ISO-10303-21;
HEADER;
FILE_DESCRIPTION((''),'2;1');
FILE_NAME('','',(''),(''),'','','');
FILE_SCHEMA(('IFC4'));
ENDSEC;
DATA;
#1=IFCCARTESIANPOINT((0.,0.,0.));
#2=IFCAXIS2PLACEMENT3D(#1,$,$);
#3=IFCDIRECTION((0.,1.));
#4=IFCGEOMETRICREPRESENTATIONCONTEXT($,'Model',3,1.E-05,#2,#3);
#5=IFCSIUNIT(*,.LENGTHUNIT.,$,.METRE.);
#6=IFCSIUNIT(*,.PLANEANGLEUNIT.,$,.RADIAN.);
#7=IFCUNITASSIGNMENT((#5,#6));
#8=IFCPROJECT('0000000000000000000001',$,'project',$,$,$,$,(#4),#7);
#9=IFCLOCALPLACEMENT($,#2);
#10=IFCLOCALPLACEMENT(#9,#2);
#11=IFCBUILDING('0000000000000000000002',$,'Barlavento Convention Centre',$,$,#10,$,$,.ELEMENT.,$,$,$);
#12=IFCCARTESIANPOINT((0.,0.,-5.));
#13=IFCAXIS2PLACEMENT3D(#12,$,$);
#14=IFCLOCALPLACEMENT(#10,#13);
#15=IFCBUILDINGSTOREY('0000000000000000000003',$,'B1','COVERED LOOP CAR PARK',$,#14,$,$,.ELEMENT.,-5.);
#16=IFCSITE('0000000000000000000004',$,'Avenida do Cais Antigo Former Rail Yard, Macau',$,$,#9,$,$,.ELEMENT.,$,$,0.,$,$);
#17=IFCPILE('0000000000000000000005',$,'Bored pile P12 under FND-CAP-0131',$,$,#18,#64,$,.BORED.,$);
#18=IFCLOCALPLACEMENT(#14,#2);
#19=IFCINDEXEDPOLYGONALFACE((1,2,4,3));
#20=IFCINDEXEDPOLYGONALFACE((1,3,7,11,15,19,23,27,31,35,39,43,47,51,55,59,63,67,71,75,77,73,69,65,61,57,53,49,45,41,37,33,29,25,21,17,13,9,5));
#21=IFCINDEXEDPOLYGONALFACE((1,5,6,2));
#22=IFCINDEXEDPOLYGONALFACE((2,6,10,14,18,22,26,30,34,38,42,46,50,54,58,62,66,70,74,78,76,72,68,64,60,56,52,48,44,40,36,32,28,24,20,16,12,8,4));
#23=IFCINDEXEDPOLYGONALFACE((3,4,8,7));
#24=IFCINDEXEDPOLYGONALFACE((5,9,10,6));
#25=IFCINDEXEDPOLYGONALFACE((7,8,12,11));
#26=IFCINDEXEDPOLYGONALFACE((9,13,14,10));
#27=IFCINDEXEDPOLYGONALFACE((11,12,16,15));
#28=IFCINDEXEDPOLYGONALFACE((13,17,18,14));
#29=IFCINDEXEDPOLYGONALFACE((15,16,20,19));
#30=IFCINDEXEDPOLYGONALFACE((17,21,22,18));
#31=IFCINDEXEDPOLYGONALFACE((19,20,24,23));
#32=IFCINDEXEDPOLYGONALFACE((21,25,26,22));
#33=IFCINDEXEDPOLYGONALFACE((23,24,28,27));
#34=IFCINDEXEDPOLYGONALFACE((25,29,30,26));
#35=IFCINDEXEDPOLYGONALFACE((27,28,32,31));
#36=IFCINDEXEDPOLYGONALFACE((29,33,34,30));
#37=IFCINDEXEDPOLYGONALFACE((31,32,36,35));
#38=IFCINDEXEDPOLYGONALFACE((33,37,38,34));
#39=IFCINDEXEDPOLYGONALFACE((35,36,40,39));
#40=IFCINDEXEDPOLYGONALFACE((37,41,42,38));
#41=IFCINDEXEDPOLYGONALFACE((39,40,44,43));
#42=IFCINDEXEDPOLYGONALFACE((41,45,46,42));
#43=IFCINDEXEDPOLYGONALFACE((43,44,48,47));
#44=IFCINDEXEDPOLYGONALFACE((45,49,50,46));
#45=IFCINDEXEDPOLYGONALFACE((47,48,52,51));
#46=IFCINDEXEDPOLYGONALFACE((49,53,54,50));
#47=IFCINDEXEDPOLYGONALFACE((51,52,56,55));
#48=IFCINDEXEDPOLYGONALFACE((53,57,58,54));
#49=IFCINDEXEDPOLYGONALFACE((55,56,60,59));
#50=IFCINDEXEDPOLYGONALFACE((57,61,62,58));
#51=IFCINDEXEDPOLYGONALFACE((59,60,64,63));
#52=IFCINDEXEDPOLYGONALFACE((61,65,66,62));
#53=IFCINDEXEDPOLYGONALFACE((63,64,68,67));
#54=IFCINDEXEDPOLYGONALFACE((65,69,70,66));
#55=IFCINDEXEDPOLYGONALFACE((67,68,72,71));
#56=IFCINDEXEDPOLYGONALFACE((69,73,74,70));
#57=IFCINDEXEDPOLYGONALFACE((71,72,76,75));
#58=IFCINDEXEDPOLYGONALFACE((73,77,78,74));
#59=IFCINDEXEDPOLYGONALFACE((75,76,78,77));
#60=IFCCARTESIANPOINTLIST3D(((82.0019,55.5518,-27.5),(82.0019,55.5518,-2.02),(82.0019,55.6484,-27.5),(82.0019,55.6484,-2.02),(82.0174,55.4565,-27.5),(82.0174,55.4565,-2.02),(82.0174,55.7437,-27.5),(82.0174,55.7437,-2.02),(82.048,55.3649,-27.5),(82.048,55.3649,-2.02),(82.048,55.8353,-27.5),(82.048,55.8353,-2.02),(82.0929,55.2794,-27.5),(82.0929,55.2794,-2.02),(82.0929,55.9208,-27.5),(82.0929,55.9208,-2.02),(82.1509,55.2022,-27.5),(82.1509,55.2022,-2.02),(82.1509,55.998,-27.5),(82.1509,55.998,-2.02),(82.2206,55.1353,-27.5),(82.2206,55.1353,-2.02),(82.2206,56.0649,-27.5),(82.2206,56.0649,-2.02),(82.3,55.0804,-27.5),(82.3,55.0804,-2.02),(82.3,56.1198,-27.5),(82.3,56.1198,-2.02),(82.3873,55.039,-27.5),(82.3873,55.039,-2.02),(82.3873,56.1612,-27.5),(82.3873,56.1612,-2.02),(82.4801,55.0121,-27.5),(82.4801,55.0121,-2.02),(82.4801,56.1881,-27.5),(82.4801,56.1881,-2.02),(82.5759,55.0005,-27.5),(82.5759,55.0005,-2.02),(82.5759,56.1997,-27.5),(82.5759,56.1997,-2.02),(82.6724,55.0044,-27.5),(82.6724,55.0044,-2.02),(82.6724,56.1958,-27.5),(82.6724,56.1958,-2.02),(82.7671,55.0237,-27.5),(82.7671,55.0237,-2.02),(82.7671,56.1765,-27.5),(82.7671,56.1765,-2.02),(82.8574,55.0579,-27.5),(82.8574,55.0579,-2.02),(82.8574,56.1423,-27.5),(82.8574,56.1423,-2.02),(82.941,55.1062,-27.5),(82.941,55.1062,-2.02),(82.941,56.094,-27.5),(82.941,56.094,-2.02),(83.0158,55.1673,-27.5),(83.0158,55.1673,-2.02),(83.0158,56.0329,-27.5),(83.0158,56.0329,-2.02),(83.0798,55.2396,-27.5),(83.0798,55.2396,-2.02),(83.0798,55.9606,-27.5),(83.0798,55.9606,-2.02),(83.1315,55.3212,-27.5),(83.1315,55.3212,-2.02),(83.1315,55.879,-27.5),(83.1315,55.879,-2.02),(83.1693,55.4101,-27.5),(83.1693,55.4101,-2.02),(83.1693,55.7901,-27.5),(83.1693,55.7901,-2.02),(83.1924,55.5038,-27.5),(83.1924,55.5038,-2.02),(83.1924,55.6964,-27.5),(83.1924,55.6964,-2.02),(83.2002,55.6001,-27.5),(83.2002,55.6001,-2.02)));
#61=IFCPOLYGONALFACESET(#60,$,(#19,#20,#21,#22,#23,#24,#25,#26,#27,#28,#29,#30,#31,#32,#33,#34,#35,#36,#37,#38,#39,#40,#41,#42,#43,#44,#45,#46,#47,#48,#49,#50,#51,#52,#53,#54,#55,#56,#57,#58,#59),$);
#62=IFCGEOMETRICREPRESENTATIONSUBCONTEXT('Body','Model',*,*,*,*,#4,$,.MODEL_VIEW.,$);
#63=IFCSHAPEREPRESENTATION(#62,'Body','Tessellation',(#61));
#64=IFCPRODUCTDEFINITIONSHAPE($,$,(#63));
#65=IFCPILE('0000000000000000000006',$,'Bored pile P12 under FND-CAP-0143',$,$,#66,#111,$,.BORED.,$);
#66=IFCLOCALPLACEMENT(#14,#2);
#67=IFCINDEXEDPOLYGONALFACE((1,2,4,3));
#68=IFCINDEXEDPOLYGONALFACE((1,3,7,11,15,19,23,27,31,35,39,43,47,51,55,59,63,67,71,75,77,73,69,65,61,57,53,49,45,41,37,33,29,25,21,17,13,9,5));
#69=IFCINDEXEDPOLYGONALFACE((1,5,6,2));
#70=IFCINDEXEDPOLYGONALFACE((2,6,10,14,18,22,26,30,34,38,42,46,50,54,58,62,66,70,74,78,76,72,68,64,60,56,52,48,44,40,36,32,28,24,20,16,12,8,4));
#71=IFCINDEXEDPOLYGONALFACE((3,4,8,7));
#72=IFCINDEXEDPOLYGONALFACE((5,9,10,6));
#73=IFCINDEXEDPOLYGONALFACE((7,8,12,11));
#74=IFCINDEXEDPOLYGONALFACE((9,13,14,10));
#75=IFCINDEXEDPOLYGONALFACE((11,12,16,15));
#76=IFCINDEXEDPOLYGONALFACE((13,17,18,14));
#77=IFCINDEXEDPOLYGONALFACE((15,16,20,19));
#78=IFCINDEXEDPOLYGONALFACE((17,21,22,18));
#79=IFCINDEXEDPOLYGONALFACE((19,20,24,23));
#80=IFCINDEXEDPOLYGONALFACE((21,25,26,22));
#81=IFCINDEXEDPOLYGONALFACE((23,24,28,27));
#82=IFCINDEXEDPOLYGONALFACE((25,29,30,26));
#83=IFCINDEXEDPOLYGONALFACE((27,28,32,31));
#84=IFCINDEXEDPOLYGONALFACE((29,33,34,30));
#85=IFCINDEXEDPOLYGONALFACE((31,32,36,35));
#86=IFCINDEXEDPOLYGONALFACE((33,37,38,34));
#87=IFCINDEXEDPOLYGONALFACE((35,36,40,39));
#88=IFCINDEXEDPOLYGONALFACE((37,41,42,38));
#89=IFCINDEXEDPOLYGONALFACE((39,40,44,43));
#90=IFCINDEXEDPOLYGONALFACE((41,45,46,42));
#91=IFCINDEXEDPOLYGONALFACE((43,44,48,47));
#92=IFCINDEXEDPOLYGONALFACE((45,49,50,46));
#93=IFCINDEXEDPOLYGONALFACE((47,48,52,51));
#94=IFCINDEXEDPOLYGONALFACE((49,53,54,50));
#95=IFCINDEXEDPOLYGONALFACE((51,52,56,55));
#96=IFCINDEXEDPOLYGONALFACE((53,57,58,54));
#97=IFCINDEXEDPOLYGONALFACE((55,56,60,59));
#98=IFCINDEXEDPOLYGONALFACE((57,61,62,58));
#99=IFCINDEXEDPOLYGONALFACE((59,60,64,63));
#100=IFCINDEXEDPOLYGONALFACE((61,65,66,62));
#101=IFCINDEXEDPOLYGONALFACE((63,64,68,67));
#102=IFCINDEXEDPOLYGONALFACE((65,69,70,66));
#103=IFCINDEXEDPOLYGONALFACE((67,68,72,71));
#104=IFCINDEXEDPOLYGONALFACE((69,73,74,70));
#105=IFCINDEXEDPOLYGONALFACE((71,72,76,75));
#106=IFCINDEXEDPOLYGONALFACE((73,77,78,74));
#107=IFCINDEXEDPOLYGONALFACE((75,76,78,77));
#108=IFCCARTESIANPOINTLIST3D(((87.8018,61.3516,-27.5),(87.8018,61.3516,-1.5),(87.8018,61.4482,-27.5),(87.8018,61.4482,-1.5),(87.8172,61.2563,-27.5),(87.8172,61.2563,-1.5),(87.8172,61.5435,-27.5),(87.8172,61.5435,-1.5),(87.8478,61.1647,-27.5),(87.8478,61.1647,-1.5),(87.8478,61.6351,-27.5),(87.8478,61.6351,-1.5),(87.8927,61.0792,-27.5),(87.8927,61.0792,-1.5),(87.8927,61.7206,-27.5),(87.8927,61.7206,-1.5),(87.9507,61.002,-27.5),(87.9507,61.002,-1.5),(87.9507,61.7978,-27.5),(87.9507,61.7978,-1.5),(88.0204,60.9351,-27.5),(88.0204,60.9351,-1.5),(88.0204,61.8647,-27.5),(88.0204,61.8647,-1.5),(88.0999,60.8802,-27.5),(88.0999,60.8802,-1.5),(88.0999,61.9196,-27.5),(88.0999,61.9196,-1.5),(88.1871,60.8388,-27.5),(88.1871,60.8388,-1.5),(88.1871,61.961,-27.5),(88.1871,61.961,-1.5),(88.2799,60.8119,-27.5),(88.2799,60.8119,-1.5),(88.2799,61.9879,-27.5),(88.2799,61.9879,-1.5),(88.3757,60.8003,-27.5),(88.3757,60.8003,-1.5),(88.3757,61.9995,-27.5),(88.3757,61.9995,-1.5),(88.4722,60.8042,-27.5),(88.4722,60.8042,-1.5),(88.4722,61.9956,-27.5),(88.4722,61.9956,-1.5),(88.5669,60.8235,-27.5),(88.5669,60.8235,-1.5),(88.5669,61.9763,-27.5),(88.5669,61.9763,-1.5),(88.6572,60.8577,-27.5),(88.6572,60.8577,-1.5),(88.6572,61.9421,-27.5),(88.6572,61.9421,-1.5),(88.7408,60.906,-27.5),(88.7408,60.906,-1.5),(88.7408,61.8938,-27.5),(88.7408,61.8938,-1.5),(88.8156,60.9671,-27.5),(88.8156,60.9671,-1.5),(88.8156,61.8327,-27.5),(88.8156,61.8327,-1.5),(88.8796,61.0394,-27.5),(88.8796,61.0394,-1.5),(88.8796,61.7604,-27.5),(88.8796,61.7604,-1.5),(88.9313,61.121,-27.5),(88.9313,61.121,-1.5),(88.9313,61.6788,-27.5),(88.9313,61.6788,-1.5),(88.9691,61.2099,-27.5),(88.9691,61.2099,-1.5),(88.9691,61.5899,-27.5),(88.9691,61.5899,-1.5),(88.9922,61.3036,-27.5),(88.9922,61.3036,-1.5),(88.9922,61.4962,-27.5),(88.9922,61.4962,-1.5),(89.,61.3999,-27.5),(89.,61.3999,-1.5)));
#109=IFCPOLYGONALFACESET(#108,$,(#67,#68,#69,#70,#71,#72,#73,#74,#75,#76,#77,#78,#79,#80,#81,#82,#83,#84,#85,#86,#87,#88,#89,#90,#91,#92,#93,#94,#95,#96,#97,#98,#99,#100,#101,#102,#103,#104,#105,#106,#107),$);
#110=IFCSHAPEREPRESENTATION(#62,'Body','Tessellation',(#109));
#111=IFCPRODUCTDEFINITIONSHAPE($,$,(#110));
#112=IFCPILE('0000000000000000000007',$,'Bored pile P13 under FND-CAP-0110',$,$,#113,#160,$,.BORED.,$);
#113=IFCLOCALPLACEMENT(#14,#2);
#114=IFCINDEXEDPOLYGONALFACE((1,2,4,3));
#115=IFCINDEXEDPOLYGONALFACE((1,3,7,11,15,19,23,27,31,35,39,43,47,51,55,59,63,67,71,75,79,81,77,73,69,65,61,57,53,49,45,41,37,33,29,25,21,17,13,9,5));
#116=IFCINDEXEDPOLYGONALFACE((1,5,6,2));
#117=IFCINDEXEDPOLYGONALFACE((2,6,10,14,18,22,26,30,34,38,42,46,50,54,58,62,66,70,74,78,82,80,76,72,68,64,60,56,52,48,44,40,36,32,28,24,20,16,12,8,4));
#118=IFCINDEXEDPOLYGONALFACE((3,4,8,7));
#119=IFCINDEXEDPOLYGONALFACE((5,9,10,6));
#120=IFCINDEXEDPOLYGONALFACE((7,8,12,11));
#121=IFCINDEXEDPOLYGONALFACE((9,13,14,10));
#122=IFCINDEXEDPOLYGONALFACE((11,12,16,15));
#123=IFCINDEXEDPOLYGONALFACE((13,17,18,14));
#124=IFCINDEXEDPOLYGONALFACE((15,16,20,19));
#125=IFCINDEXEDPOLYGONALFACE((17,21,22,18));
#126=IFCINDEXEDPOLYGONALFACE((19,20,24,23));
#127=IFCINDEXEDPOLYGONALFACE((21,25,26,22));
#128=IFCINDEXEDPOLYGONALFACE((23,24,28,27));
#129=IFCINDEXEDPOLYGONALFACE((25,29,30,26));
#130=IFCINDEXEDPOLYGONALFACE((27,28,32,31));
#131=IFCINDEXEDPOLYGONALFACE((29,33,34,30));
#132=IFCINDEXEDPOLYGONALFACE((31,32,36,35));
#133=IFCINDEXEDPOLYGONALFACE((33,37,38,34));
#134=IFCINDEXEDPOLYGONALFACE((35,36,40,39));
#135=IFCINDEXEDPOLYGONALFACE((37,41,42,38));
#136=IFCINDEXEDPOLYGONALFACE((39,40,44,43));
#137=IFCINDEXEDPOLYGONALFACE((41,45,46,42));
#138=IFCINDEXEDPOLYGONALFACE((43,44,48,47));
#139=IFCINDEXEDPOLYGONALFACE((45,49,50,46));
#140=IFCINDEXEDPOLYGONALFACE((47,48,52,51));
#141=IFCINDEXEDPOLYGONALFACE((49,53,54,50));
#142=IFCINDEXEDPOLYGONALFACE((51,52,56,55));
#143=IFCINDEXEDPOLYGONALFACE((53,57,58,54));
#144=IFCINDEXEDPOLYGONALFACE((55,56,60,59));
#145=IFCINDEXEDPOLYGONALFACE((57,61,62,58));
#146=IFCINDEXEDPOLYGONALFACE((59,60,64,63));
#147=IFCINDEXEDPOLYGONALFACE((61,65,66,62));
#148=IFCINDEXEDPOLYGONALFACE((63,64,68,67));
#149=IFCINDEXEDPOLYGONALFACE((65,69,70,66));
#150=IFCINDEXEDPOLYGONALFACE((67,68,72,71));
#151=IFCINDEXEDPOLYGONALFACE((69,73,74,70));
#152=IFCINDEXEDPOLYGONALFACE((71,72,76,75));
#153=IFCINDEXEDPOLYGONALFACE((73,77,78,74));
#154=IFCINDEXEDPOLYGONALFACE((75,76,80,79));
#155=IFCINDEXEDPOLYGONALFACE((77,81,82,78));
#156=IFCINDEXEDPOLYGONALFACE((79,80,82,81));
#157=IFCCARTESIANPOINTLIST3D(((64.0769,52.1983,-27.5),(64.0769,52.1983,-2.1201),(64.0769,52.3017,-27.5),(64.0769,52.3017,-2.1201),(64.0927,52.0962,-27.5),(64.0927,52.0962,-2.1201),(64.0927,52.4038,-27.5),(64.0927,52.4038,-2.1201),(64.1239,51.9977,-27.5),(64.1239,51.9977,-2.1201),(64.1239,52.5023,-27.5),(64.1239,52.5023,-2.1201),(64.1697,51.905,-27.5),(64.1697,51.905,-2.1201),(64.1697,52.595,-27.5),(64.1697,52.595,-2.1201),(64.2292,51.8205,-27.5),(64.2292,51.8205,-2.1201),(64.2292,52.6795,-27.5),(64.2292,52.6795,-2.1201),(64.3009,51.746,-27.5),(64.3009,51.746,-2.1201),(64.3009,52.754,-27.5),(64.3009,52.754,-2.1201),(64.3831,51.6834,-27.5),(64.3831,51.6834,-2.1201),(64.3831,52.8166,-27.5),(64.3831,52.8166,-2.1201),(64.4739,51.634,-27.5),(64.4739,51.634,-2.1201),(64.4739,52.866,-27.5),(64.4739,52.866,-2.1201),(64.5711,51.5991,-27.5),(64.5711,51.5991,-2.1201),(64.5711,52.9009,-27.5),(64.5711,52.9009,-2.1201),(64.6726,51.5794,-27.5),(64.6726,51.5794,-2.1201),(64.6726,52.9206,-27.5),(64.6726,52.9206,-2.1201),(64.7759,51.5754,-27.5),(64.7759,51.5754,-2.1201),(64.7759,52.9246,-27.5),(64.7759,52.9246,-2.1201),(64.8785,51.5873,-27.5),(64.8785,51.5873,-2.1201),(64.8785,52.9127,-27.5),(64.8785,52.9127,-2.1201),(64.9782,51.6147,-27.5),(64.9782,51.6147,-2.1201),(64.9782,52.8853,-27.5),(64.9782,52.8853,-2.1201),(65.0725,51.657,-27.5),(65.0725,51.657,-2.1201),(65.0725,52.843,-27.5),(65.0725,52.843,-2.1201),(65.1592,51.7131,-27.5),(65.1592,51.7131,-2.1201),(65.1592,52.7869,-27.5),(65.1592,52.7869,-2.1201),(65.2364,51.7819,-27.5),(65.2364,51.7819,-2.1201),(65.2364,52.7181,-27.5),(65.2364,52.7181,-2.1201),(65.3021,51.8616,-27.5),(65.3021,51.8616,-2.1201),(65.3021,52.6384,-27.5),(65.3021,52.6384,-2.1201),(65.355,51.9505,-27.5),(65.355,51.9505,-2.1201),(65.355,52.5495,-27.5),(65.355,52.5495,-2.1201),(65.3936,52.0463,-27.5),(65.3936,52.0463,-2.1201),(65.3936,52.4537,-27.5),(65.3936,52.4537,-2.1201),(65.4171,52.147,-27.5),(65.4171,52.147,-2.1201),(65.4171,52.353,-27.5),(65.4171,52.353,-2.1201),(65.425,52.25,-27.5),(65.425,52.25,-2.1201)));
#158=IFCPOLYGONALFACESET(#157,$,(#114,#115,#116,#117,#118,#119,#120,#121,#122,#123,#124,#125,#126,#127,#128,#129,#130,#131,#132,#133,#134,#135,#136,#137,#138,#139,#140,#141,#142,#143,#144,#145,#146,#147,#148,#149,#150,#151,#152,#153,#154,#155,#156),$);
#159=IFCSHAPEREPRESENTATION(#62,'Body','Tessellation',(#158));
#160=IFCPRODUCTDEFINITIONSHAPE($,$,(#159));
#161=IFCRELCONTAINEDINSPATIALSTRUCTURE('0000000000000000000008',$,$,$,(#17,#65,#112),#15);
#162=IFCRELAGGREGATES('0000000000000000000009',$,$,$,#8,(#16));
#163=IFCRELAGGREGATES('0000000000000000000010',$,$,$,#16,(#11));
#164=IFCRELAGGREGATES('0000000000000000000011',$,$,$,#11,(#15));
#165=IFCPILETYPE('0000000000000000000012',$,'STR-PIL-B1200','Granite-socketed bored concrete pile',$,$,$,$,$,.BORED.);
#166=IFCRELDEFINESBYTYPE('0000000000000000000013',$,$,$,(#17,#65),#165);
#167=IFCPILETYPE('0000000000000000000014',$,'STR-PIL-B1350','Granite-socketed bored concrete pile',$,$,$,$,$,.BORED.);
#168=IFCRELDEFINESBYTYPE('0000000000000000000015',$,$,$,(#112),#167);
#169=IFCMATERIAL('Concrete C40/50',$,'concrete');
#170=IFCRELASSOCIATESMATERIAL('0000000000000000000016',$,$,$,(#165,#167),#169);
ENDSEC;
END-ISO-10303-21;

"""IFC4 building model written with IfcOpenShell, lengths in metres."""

from ifc_helpers import new_model, si_unit, direction, frame, origin, origin_2d, place, context, subcontext, project, spatial, circle, extrude, material, material_profile, profile_set, type_object, element, save


model = new_model("IFC4")

# Units and contexts
model_context = context("Model", 3, precision=1e-05, world=origin(), true_north=direction((0.0, 1.0)))
body_context = subcontext(model_context, "Body", "Model", "MODEL_VIEW")
ifc_project = project(units=[si_unit("LENGTHUNIT", "METRE"), si_unit("PLANEANGLEUNIT", "RADIAN")], contexts=[model_context])

# Site, building, storey
site_placement = place(None, origin())
site = spatial("IfcSite", under=ifc_project, at=site_placement, Name="Avenida do Cais Antigo Former Rail Yard, Macau", CompositionType="ELEMENT", RefElevation=0.0)
building_placement = place(site_placement, origin())
building = spatial("IfcBuilding", under=site, at=building_placement, Name="Barlavento Convention Centre", CompositionType="ELEMENT")
storey_placement = place(building_placement, frame((0.0, 0.0, -5.0)))
storey = spatial("IfcBuildingStorey", under=building, at=storey_placement, Name="B1", Description="COVERED LOOP CAR PARK", CompositionType="ELEMENT", Elevation=-5.0)

# Shared definitions
ifc_material_1 = material(Name="Concrete C40/50", Category="concrete")

# Piles
ifc_material_profile_1 = material_profile(ifc_material_1, circle(Radius=0.6001, at=origin_2d()), Name="BORED PILE 1200")
ifc_profile_set_1 = profile_set([ifc_material_profile_1], Name="Concrete C40/50")
pile_type_1 = type_object("IfcPileType", Name="STR-PIL-B1200", Description="Granite-socketed bored concrete pile", PredefinedType="BORED", material=ifc_profile_set_1)
for number, where, z_axis, x_axis, name in (
    (1, (82.6001, 55.6001, -2.02), (0.0, 0.0, -1.0), (1.0, 0.0, 0.0), "Bored pile P12 under FND-CAP-0131"),
):
    element("IfcPile", number, at=place(storey_placement, frame(where, z_axis=z_axis, x_axis=x_axis)), inside=storey, type_object=pile_type_1, Name=name, PredefinedType="BORED", context=body_context, shape_type="SweptSolid", body=[
        extrude(circle(Radius=0.6001, at=origin_2d()), origin(), (0.0, 0.0, 1.0), 25.48),
    ])
pile_placement = place(storey_placement, frame((88.3999, 61.3999, -1.5), z_axis=(0.0, 0.0, -1.0), x_axis=(1.0, 0.0, 0.0)))
element("IfcPile", 2, at=pile_placement, inside=storey, type_object=pile_type_1, Name="Bored pile P12 under FND-CAP-0143", PredefinedType="BORED", context=body_context, shape_type="SweptSolid", body=[
    extrude(circle(Radius=0.6001, at=origin_2d()), origin(), (0.0, 0.0, 1.0), 26.0),
])
ifc_material_profile_2 = material_profile(ifc_material_1, circle(Radius=0.675, at=origin_2d()), Name="BORED PILE 1350")
ifc_profile_set_2 = profile_set([ifc_material_profile_2], Name="Concrete C40/50")
pile_type_2 = type_object("IfcPileType", Name="STR-PIL-B1350", Description="Granite-socketed bored concrete pile", PredefinedType="BORED", material=ifc_profile_set_2)
for number, where, z_axis, x_axis, name in (
    (3, (64.75, 52.25, -2.1201), (0.0, 0.0, -1.0), (1.0, 0.0, 0.0), "Bored pile P13 under FND-CAP-0110"),
):
    element("IfcPile", number, at=place(storey_placement, frame(where, z_axis=z_axis, x_axis=x_axis)), inside=storey, type_object=pile_type_2, Name=name, PredefinedType="BORED", context=body_context, shape_type="SweptSolid", body=[
        extrude(circle(Radius=0.675, at=origin_2d()), origin(), (0.0, 0.0, 1.0), 25.3799),
    ])

save(model, "model.ifc")
